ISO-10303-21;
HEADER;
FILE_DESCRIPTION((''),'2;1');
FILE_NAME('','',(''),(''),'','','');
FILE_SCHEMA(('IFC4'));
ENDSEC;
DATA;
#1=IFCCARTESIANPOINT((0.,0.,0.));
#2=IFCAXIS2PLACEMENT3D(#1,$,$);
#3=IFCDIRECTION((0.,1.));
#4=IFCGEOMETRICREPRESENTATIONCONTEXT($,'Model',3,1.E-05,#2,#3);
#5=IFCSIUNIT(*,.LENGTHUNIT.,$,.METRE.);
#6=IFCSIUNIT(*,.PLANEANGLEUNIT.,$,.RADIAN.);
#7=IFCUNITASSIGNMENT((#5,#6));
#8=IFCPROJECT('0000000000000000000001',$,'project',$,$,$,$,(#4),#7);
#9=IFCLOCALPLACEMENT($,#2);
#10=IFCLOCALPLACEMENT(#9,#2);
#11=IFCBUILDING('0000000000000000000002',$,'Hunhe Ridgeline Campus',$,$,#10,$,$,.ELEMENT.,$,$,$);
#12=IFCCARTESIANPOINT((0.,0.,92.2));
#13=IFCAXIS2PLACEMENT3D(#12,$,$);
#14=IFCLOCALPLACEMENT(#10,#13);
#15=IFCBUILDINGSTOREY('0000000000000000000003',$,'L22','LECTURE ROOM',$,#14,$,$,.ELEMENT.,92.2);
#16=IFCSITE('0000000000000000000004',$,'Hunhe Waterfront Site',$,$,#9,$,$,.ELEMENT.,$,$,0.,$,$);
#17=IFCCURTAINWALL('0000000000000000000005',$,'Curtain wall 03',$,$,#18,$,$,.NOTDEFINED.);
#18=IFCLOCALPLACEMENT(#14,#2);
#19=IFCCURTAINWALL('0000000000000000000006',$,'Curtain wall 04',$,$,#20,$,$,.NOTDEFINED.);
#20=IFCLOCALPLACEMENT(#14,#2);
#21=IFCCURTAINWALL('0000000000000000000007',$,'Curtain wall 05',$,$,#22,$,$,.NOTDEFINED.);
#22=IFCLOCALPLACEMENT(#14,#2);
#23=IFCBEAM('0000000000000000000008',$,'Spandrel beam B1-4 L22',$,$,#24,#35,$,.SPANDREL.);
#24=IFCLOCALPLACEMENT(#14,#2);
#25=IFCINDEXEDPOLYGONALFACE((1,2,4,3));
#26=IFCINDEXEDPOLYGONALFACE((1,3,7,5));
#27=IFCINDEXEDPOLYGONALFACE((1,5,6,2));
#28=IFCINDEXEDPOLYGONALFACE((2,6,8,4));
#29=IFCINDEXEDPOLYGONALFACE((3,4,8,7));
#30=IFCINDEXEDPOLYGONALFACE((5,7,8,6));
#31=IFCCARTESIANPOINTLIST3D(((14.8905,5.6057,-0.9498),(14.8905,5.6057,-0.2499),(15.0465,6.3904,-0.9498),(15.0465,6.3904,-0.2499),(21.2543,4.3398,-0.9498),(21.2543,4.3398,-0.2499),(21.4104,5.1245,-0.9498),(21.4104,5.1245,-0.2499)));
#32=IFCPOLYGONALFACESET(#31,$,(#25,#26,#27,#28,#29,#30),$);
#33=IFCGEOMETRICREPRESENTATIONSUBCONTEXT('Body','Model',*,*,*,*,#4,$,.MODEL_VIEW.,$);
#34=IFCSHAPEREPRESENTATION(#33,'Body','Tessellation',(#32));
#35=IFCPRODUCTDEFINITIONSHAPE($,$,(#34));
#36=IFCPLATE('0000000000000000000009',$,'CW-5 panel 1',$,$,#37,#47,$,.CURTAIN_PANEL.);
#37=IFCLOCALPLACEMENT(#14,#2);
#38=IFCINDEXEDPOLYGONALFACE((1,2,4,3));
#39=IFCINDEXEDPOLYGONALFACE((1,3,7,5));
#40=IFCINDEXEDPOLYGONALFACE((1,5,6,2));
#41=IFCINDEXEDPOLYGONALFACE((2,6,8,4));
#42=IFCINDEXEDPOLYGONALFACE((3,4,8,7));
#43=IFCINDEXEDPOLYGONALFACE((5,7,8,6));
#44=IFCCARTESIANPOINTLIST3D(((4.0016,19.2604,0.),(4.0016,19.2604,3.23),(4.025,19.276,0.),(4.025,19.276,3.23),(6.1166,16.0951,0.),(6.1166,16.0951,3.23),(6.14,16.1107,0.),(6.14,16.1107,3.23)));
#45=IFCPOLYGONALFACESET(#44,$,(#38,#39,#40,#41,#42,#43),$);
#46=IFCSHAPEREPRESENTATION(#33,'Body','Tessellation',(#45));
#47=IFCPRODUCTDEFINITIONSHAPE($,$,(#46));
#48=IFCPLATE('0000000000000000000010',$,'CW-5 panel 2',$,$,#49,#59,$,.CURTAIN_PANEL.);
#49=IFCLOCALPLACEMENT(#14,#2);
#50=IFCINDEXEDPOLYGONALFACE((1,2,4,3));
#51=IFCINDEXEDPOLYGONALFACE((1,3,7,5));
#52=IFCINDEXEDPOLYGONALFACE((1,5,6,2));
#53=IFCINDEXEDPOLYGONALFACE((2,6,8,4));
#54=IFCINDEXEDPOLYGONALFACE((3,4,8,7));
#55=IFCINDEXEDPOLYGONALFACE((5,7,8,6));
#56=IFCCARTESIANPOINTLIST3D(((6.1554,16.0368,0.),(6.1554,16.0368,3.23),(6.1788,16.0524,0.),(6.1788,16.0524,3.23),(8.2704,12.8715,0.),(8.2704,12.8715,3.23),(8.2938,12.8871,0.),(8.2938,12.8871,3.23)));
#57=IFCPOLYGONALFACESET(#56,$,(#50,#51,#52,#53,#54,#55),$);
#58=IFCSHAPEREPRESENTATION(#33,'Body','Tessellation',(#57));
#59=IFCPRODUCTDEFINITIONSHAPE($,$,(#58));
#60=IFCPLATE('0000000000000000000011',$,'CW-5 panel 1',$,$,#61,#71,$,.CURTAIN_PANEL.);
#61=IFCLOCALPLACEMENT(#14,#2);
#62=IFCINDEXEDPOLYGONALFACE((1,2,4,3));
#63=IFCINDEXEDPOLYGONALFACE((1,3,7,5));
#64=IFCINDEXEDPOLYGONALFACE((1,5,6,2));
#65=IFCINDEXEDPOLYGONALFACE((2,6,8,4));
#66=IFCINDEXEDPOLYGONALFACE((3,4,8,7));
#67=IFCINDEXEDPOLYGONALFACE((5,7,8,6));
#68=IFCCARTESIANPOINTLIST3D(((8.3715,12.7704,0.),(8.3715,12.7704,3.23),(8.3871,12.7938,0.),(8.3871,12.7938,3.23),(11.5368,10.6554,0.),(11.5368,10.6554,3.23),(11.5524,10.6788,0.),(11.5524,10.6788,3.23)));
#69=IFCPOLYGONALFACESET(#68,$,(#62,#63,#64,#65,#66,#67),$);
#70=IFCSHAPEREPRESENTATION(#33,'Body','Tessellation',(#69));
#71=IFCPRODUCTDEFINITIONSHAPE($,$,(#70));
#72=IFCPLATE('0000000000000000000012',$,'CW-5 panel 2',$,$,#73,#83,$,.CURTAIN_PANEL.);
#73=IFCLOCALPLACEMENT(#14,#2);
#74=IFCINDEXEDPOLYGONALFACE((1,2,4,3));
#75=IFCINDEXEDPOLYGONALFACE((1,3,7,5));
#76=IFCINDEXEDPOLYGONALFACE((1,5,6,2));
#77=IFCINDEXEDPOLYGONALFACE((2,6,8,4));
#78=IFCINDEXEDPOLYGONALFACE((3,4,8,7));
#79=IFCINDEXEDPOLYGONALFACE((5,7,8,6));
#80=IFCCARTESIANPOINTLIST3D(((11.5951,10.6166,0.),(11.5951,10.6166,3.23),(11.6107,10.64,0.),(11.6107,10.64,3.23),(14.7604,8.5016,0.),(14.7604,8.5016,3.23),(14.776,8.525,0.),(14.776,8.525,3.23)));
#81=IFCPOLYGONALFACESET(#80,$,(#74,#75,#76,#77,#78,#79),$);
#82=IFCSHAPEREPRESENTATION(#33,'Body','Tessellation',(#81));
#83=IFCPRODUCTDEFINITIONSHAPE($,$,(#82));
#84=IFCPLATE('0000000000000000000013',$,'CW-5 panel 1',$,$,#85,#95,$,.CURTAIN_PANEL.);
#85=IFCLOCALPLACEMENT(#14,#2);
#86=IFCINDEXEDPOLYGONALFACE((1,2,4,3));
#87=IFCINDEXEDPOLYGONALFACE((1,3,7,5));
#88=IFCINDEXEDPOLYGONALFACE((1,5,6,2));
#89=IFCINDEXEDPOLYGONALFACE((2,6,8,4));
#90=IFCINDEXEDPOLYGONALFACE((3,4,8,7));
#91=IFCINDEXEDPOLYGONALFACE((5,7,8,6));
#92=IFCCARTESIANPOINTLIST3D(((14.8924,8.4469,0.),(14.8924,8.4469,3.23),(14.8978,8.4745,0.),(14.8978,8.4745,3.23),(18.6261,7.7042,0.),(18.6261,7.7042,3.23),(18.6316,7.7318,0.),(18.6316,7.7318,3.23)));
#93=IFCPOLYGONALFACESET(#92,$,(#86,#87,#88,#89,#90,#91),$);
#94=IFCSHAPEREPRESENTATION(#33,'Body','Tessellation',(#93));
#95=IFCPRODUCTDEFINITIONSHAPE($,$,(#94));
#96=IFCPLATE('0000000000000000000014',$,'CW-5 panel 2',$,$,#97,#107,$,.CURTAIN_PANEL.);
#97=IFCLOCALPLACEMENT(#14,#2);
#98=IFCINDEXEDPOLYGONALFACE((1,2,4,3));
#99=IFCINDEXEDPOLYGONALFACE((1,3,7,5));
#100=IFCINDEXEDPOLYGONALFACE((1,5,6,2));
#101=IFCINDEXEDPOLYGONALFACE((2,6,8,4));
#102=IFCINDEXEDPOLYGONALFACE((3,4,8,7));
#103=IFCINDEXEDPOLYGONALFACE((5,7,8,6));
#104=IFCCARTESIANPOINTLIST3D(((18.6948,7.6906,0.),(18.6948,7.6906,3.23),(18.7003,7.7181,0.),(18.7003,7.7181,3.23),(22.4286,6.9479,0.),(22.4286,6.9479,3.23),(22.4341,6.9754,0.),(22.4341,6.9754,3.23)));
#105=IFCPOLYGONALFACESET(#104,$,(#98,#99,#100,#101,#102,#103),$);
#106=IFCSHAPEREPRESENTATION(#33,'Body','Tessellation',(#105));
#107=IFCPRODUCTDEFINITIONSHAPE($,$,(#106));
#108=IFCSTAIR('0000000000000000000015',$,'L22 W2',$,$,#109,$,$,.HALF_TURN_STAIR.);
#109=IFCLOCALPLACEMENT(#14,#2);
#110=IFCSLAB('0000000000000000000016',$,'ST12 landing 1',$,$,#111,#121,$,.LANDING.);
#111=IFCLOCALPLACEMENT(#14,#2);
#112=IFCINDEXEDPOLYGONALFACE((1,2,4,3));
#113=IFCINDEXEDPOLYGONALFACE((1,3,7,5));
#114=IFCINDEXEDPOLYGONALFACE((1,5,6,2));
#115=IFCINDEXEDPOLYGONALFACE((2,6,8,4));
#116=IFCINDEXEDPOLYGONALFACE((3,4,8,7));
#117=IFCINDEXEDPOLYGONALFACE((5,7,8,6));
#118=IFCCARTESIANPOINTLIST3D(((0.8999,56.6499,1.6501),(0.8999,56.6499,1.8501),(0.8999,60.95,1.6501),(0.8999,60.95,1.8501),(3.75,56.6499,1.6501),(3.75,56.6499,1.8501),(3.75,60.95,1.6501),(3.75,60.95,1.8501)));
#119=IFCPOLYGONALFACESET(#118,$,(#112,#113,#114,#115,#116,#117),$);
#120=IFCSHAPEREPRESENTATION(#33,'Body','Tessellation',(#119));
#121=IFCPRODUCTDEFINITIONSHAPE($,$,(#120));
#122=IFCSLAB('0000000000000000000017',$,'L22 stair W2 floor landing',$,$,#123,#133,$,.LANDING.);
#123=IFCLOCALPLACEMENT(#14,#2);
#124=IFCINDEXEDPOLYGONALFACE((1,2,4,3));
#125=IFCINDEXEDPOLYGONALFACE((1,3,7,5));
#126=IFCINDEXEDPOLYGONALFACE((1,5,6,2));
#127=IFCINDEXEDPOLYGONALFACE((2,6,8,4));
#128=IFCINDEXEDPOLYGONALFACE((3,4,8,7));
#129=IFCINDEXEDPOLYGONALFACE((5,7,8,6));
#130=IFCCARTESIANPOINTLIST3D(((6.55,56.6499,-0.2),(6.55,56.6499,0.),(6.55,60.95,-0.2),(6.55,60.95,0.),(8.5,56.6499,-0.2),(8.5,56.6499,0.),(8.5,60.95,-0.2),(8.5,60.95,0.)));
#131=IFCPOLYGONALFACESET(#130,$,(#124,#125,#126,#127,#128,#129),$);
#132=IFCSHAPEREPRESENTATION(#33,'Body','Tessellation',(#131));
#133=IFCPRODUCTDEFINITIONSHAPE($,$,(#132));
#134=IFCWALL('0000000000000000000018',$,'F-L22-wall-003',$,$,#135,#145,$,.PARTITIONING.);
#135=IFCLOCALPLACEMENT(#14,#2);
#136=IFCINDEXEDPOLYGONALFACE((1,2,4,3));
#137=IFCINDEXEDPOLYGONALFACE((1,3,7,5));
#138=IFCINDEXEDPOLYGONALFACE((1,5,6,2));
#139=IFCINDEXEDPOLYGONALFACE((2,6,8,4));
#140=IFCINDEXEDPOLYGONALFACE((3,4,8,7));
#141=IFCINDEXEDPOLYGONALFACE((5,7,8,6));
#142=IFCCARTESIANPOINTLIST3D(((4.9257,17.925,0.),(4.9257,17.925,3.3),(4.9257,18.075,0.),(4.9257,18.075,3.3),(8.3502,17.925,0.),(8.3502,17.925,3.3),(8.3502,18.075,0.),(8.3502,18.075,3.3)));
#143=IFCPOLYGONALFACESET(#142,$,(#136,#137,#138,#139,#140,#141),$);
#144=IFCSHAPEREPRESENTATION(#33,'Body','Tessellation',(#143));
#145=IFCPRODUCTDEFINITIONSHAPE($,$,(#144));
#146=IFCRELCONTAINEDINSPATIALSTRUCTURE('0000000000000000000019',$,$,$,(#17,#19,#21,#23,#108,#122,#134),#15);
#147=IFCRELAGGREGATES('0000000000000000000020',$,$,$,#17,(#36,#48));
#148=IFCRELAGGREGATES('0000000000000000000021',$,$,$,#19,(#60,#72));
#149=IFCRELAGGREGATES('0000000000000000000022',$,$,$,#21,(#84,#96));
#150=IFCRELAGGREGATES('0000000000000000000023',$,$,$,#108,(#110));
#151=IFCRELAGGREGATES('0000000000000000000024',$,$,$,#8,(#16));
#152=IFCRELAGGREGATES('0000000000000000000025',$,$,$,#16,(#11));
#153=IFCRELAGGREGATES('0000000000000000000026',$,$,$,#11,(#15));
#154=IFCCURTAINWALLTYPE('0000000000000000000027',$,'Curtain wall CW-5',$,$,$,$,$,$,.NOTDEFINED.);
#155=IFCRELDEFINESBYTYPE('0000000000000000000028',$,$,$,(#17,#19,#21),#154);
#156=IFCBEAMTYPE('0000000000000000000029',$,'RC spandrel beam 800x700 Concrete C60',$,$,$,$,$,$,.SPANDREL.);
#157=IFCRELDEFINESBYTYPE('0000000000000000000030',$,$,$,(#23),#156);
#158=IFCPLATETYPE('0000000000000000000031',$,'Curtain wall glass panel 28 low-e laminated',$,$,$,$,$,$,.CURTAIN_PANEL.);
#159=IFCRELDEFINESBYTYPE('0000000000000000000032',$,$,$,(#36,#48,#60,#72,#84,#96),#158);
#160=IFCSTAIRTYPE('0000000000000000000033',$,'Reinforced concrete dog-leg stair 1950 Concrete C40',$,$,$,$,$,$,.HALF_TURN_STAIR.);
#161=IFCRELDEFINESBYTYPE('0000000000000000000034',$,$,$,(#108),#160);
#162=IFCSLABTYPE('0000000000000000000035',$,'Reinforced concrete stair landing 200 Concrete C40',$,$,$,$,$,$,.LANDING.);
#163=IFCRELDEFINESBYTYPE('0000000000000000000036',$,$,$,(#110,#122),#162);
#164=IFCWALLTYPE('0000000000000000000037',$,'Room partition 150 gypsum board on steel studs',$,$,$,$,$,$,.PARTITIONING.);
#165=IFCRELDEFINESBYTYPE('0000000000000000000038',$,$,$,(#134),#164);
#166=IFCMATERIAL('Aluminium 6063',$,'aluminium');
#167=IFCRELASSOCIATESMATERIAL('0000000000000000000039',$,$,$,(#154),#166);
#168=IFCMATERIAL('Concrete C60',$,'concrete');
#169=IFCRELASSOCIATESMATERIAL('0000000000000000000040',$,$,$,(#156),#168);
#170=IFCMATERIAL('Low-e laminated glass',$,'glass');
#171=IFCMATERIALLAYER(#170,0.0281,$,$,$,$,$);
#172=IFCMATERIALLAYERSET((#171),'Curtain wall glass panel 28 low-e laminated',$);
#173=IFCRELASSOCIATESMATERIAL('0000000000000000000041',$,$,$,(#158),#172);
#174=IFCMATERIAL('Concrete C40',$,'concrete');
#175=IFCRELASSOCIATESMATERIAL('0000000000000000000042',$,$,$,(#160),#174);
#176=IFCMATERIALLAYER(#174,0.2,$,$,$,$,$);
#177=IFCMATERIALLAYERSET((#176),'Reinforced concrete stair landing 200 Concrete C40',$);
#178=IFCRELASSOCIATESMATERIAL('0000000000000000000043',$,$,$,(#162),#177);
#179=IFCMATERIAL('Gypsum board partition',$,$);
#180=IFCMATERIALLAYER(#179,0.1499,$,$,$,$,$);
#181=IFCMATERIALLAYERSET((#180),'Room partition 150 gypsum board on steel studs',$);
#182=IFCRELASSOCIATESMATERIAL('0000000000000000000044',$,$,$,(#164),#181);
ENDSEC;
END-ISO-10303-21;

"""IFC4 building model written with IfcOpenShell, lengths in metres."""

from ifc_helpers import new_model, si_unit, direction, frame, frame_2d, origin, origin_2d, place, context, subcontext, project, spatial, polyline, rectangle, outline, extrude, material, layer, layer_set, material_profile, profile_set, type_object, element, aggregate, save


model = new_model("IFC4")

# Units and contexts
model_context = context("Model", 3, precision=1e-05, world=origin(), true_north=direction((0.0, 1.0)))
body_context = subcontext(model_context, "Body", "Model", "MODEL_VIEW")
ifc_project = project(units=[si_unit("LENGTHUNIT", "METRE"), si_unit("PLANEANGLEUNIT", "RADIAN")], contexts=[model_context])

# Site, building, storey
site_placement = place(None, origin())
site = spatial("IfcSite", under=ifc_project, at=site_placement, Name="Hunhe Waterfront Site", CompositionType="ELEMENT", RefElevation=0.0)
building_placement = place(site_placement, origin())
building = spatial("IfcBuilding", under=site, at=building_placement, Name="Hunhe Ridgeline Campus", CompositionType="ELEMENT")
storey_placement = place(building_placement, frame((0.0, 0.0, 92.2)))
storey = spatial("IfcBuildingStorey", under=building, at=storey_placement, Name="L22", Description="LECTURE ROOM", CompositionType="ELEMENT", Elevation=92.2)

# Curtain walls
ifc_material_1 = material(Name="Aluminium 6063", Category="aluminium")
curtain_wall_type = type_object("IfcCurtainWallType", Name="Curtain wall CW-5", PredefinedType="NOTDEFINED", material=ifc_material_1)
curtain_wall_1_placement = place(storey_placement, origin())
curtain_wall_1 = element("IfcCurtainWall", 1, at=curtain_wall_1_placement, inside=storey, type_object=curtain_wall_type, Name="Curtain wall 03", PredefinedType="NOTDEFINED")
curtain_wall_2_placement = place(storey_placement, origin())
curtain_wall_2 = element("IfcCurtainWall", 2, at=curtain_wall_2_placement, inside=storey, type_object=curtain_wall_type, Name="Curtain wall 04", PredefinedType="NOTDEFINED")
curtain_wall_3_placement = place(storey_placement, origin())
curtain_wall_3 = element("IfcCurtainWall", 3, at=curtain_wall_3_placement, inside=storey, type_object=curtain_wall_type, Name="Curtain wall 05", PredefinedType="NOTDEFINED")

# Beam
ifc_material_2 = material(Name="Concrete C60", Category="concrete")
ifc_material_profile_1 = material_profile(ifc_material_2, rectangle(XDim=0.8, YDim=0.7, at=origin_2d()))
ifc_profile_set_1 = profile_set([ifc_material_profile_1], Name="Concrete C60")
beam_type = type_object("IfcBeamType", Name="RC spandrel beam 800x700 Concrete C60", PredefinedType="SPANDREL", material=ifc_profile_set_1)
for number, where, z_axis, x_axis, name in (
    (4, (14.9685, 5.998, -0.5999), (0.980784, -0.195096, 0.0), (0.195096, 0.980784, 0.0), "Spandrel beam B1-4 L22"),
):
    element("IfcBeam", number, at=place(storey_placement, frame(where, z_axis=z_axis, x_axis=x_axis)), inside=storey, type_object=beam_type, Name=name, PredefinedType="SPANDREL", context=body_context, shape_type="SweptSolid", body=[
        extrude(rectangle(XDim=0.8, YDim=0.7, at=origin_2d()), origin(), (0.0, 0.0, 1.0), 6.4885),
    ])

# Plates
ifc_material_3 = material(Name="Low-e laminated glass", Category="glass")
ifc_layer_1 = layer(ifc_material_3, 0.0281)
ifc_layer_set_1 = layer_set([ifc_layer_1], Name="Curtain wall glass panel 28 low-e laminated")
plate_type = type_object("IfcPlateType", Name="Curtain wall glass panel 28 low-e laminated", PredefinedType="CURTAIN_PANEL", material=ifc_layer_set_1)
plate_1_placement = place(storey_placement, frame((5.0708, 17.6855, 0.0), z_axis=(0.0, 0.0, 1.0), x_axis=(0.55557, -0.83147, 0.0)))
plate_1 = element("IfcPlate", 5, at=plate_1_placement, type_object=plate_type, Name="CW-5 panel 1", PredefinedType="CURTAIN_PANEL", context=body_context, shape_type="SweptSolid", body=[
    extrude(rectangle(XDim=3.8069, YDim=0.0281, at=origin_2d()), origin(), (0.0, 0.0, 1.0), 3.23),
])
plate_2_placement = place(storey_placement, frame((7.2246, 14.4619, 0.0), z_axis=(0.0, 0.0, 1.0), x_axis=(0.55557, -0.83147, 0.0)))
plate_2 = element("IfcPlate", 6, at=plate_2_placement, type_object=plate_type, Name="CW-5 panel 2", PredefinedType="CURTAIN_PANEL", context=body_context, shape_type="SweptSolid", body=[
    extrude(rectangle(XDim=3.8069, YDim=0.0281, at=origin_2d()), origin(), (0.0, 0.0, 1.0), 3.23),
])
aggregate(curtain_wall_1, [plate_1, plate_2])
plate_3_placement = place(storey_placement, frame((9.9619, 11.7246, 0.0), z_axis=(0.0, 0.0, 1.0), x_axis=(0.83147, -0.55557, 0.0)))
plate_3 = element("IfcPlate", 7, at=plate_3_placement, type_object=plate_type, Name="CW-5 panel 1", PredefinedType="CURTAIN_PANEL", context=body_context, shape_type="SweptSolid", body=[
    extrude(rectangle(XDim=3.8069, YDim=0.0281, at=origin_2d()), origin(), (0.0, 0.0, 1.0), 3.23),
])
plate_4_placement = place(storey_placement, frame((13.1855, 9.5708, 0.0), z_axis=(0.0, 0.0, 1.0), x_axis=(0.83147, -0.55557, 0.0)))
plate_4 = element("IfcPlate", 8, at=plate_4_placement, type_object=plate_type, Name="CW-5 panel 2", PredefinedType="CURTAIN_PANEL", context=body_context, shape_type="SweptSolid", body=[
    extrude(rectangle(XDim=3.8069, YDim=0.0281, at=origin_2d()), origin(), (0.0, 0.0, 1.0), 3.23),
])
aggregate(curtain_wall_2, [plate_3, plate_4])
plate_5_placement = place(storey_placement, frame((16.762, 8.0894, 0.0), z_axis=(0.0, 0.0, 1.0), x_axis=(0.980785, -0.19509, 0.0)))
plate_5 = element("IfcPlate", 9, at=plate_5_placement, type_object=plate_type, Name="CW-5 panel 1", PredefinedType="CURTAIN_PANEL", context=body_context, shape_type="SweptSolid", body=[
    extrude(rectangle(XDim=3.8069, YDim=0.0281, at=origin_2d()), origin(), (0.0, 0.0, 1.0), 3.23),
])
plate_6_placement = place(storey_placement, frame((20.5645, 7.333, 0.0), z_axis=(0.0, 0.0, 1.0), x_axis=(0.980785, -0.19509, 0.0)))
plate_6 = element("IfcPlate", 10, at=plate_6_placement, type_object=plate_type, Name="CW-5 panel 2", PredefinedType="CURTAIN_PANEL", context=body_context, shape_type="SweptSolid", body=[
    extrude(rectangle(XDim=3.8069, YDim=0.0281, at=origin_2d()), origin(), (0.0, 0.0, 1.0), 3.23),
])
aggregate(curtain_wall_3, [plate_5, plate_6])

# Stair, slab
ifc_material_4 = material(Name="Concrete C40", Category="concrete")
stair_type = type_object("IfcStairType", Name="Reinforced concrete dog-leg stair 1950 Concrete C40", PredefinedType="HALF_TURN_STAIR", material=ifc_material_4)
stair_placement = place(storey_placement, origin())
stair = element("IfcStair", 11, at=stair_placement, inside=storey, type_object=stair_type, Name="L22 W2", PredefinedType="HALF_TURN_STAIR")
ifc_layer_2 = layer(ifc_material_4, 0.2)
ifc_layer_set_2 = layer_set([ifc_layer_2], Name="Reinforced concrete stair landing 200 Concrete C40")
slab_type = type_object("IfcSlabType", Name="Reinforced concrete stair landing 200 Concrete C40", PredefinedType="LANDING", material=ifc_layer_set_2)
slab_1_placement = place(storey_placement, frame((0.0, 0.0, 1.6501)))
slab_1 = element("IfcSlab", 12, at=slab_1_placement, type_object=slab_type, Name="ST12 landing 1", PredefinedType="LANDING", context=body_context, shape_type="SweptSolid", body=[
    extrude(outline(polyline([(3.75, 60.95), (0.8999, 60.95), (0.8999, 56.6499), (3.75, 56.6499), (3.75, 60.95)])), origin(), (0.0, 0.0, 1.0), 0.2),
])
aggregate(stair, [slab_1])

# Slab
slab_2_placement = place(storey_placement, frame((0.0, 0.0, -0.2)))
element("IfcSlab", 13, at=slab_2_placement, inside=storey, type_object=slab_type, Name="L22 stair W2 floor landing", PredefinedType="LANDING", context=body_context, shape_type="SweptSolid", body=[
    extrude(outline(polyline([(8.5, 60.95), (6.55, 60.95), (6.55, 56.6499), (8.5, 56.6499), (8.5, 60.95)])), origin(), (0.0, 0.0, 1.0), 0.2),
])

# Shared definitions
ifc_material_5 = material(Name="Gypsum board partition")

# Wall
ifc_layer_3 = layer(ifc_material_5, 0.1499)
ifc_layer_set_3 = layer_set([ifc_layer_3], Name="Room partition 150 gypsum board on steel studs")
wall_type_1 = type_object("IfcWallType", Name="Room partition 150 gypsum board on steel studs", PredefinedType="PARTITIONING", material=ifc_layer_set_3)
wall_1_placement = place(storey_placement, frame((4.9255, 18.0, 0.0), z_axis=(0.0, 0.0, 1.0), x_axis=(1.0, 0.0, 0.0)))
element("IfcWall", 14, at=wall_1_placement, inside=storey, type_object=wall_type_1, Name="F-L22-wall-003", PredefinedType="PARTITIONING", context=body_context, shape_type="SweptSolid", body=[
    extrude(rectangle(XDim=3.4246, YDim=0.1499, at=frame_2d((1.7124, 0.0))), origin(), (0.0, 0.0, 1.0), 3.3),
])

save(model, "model.ifc")
